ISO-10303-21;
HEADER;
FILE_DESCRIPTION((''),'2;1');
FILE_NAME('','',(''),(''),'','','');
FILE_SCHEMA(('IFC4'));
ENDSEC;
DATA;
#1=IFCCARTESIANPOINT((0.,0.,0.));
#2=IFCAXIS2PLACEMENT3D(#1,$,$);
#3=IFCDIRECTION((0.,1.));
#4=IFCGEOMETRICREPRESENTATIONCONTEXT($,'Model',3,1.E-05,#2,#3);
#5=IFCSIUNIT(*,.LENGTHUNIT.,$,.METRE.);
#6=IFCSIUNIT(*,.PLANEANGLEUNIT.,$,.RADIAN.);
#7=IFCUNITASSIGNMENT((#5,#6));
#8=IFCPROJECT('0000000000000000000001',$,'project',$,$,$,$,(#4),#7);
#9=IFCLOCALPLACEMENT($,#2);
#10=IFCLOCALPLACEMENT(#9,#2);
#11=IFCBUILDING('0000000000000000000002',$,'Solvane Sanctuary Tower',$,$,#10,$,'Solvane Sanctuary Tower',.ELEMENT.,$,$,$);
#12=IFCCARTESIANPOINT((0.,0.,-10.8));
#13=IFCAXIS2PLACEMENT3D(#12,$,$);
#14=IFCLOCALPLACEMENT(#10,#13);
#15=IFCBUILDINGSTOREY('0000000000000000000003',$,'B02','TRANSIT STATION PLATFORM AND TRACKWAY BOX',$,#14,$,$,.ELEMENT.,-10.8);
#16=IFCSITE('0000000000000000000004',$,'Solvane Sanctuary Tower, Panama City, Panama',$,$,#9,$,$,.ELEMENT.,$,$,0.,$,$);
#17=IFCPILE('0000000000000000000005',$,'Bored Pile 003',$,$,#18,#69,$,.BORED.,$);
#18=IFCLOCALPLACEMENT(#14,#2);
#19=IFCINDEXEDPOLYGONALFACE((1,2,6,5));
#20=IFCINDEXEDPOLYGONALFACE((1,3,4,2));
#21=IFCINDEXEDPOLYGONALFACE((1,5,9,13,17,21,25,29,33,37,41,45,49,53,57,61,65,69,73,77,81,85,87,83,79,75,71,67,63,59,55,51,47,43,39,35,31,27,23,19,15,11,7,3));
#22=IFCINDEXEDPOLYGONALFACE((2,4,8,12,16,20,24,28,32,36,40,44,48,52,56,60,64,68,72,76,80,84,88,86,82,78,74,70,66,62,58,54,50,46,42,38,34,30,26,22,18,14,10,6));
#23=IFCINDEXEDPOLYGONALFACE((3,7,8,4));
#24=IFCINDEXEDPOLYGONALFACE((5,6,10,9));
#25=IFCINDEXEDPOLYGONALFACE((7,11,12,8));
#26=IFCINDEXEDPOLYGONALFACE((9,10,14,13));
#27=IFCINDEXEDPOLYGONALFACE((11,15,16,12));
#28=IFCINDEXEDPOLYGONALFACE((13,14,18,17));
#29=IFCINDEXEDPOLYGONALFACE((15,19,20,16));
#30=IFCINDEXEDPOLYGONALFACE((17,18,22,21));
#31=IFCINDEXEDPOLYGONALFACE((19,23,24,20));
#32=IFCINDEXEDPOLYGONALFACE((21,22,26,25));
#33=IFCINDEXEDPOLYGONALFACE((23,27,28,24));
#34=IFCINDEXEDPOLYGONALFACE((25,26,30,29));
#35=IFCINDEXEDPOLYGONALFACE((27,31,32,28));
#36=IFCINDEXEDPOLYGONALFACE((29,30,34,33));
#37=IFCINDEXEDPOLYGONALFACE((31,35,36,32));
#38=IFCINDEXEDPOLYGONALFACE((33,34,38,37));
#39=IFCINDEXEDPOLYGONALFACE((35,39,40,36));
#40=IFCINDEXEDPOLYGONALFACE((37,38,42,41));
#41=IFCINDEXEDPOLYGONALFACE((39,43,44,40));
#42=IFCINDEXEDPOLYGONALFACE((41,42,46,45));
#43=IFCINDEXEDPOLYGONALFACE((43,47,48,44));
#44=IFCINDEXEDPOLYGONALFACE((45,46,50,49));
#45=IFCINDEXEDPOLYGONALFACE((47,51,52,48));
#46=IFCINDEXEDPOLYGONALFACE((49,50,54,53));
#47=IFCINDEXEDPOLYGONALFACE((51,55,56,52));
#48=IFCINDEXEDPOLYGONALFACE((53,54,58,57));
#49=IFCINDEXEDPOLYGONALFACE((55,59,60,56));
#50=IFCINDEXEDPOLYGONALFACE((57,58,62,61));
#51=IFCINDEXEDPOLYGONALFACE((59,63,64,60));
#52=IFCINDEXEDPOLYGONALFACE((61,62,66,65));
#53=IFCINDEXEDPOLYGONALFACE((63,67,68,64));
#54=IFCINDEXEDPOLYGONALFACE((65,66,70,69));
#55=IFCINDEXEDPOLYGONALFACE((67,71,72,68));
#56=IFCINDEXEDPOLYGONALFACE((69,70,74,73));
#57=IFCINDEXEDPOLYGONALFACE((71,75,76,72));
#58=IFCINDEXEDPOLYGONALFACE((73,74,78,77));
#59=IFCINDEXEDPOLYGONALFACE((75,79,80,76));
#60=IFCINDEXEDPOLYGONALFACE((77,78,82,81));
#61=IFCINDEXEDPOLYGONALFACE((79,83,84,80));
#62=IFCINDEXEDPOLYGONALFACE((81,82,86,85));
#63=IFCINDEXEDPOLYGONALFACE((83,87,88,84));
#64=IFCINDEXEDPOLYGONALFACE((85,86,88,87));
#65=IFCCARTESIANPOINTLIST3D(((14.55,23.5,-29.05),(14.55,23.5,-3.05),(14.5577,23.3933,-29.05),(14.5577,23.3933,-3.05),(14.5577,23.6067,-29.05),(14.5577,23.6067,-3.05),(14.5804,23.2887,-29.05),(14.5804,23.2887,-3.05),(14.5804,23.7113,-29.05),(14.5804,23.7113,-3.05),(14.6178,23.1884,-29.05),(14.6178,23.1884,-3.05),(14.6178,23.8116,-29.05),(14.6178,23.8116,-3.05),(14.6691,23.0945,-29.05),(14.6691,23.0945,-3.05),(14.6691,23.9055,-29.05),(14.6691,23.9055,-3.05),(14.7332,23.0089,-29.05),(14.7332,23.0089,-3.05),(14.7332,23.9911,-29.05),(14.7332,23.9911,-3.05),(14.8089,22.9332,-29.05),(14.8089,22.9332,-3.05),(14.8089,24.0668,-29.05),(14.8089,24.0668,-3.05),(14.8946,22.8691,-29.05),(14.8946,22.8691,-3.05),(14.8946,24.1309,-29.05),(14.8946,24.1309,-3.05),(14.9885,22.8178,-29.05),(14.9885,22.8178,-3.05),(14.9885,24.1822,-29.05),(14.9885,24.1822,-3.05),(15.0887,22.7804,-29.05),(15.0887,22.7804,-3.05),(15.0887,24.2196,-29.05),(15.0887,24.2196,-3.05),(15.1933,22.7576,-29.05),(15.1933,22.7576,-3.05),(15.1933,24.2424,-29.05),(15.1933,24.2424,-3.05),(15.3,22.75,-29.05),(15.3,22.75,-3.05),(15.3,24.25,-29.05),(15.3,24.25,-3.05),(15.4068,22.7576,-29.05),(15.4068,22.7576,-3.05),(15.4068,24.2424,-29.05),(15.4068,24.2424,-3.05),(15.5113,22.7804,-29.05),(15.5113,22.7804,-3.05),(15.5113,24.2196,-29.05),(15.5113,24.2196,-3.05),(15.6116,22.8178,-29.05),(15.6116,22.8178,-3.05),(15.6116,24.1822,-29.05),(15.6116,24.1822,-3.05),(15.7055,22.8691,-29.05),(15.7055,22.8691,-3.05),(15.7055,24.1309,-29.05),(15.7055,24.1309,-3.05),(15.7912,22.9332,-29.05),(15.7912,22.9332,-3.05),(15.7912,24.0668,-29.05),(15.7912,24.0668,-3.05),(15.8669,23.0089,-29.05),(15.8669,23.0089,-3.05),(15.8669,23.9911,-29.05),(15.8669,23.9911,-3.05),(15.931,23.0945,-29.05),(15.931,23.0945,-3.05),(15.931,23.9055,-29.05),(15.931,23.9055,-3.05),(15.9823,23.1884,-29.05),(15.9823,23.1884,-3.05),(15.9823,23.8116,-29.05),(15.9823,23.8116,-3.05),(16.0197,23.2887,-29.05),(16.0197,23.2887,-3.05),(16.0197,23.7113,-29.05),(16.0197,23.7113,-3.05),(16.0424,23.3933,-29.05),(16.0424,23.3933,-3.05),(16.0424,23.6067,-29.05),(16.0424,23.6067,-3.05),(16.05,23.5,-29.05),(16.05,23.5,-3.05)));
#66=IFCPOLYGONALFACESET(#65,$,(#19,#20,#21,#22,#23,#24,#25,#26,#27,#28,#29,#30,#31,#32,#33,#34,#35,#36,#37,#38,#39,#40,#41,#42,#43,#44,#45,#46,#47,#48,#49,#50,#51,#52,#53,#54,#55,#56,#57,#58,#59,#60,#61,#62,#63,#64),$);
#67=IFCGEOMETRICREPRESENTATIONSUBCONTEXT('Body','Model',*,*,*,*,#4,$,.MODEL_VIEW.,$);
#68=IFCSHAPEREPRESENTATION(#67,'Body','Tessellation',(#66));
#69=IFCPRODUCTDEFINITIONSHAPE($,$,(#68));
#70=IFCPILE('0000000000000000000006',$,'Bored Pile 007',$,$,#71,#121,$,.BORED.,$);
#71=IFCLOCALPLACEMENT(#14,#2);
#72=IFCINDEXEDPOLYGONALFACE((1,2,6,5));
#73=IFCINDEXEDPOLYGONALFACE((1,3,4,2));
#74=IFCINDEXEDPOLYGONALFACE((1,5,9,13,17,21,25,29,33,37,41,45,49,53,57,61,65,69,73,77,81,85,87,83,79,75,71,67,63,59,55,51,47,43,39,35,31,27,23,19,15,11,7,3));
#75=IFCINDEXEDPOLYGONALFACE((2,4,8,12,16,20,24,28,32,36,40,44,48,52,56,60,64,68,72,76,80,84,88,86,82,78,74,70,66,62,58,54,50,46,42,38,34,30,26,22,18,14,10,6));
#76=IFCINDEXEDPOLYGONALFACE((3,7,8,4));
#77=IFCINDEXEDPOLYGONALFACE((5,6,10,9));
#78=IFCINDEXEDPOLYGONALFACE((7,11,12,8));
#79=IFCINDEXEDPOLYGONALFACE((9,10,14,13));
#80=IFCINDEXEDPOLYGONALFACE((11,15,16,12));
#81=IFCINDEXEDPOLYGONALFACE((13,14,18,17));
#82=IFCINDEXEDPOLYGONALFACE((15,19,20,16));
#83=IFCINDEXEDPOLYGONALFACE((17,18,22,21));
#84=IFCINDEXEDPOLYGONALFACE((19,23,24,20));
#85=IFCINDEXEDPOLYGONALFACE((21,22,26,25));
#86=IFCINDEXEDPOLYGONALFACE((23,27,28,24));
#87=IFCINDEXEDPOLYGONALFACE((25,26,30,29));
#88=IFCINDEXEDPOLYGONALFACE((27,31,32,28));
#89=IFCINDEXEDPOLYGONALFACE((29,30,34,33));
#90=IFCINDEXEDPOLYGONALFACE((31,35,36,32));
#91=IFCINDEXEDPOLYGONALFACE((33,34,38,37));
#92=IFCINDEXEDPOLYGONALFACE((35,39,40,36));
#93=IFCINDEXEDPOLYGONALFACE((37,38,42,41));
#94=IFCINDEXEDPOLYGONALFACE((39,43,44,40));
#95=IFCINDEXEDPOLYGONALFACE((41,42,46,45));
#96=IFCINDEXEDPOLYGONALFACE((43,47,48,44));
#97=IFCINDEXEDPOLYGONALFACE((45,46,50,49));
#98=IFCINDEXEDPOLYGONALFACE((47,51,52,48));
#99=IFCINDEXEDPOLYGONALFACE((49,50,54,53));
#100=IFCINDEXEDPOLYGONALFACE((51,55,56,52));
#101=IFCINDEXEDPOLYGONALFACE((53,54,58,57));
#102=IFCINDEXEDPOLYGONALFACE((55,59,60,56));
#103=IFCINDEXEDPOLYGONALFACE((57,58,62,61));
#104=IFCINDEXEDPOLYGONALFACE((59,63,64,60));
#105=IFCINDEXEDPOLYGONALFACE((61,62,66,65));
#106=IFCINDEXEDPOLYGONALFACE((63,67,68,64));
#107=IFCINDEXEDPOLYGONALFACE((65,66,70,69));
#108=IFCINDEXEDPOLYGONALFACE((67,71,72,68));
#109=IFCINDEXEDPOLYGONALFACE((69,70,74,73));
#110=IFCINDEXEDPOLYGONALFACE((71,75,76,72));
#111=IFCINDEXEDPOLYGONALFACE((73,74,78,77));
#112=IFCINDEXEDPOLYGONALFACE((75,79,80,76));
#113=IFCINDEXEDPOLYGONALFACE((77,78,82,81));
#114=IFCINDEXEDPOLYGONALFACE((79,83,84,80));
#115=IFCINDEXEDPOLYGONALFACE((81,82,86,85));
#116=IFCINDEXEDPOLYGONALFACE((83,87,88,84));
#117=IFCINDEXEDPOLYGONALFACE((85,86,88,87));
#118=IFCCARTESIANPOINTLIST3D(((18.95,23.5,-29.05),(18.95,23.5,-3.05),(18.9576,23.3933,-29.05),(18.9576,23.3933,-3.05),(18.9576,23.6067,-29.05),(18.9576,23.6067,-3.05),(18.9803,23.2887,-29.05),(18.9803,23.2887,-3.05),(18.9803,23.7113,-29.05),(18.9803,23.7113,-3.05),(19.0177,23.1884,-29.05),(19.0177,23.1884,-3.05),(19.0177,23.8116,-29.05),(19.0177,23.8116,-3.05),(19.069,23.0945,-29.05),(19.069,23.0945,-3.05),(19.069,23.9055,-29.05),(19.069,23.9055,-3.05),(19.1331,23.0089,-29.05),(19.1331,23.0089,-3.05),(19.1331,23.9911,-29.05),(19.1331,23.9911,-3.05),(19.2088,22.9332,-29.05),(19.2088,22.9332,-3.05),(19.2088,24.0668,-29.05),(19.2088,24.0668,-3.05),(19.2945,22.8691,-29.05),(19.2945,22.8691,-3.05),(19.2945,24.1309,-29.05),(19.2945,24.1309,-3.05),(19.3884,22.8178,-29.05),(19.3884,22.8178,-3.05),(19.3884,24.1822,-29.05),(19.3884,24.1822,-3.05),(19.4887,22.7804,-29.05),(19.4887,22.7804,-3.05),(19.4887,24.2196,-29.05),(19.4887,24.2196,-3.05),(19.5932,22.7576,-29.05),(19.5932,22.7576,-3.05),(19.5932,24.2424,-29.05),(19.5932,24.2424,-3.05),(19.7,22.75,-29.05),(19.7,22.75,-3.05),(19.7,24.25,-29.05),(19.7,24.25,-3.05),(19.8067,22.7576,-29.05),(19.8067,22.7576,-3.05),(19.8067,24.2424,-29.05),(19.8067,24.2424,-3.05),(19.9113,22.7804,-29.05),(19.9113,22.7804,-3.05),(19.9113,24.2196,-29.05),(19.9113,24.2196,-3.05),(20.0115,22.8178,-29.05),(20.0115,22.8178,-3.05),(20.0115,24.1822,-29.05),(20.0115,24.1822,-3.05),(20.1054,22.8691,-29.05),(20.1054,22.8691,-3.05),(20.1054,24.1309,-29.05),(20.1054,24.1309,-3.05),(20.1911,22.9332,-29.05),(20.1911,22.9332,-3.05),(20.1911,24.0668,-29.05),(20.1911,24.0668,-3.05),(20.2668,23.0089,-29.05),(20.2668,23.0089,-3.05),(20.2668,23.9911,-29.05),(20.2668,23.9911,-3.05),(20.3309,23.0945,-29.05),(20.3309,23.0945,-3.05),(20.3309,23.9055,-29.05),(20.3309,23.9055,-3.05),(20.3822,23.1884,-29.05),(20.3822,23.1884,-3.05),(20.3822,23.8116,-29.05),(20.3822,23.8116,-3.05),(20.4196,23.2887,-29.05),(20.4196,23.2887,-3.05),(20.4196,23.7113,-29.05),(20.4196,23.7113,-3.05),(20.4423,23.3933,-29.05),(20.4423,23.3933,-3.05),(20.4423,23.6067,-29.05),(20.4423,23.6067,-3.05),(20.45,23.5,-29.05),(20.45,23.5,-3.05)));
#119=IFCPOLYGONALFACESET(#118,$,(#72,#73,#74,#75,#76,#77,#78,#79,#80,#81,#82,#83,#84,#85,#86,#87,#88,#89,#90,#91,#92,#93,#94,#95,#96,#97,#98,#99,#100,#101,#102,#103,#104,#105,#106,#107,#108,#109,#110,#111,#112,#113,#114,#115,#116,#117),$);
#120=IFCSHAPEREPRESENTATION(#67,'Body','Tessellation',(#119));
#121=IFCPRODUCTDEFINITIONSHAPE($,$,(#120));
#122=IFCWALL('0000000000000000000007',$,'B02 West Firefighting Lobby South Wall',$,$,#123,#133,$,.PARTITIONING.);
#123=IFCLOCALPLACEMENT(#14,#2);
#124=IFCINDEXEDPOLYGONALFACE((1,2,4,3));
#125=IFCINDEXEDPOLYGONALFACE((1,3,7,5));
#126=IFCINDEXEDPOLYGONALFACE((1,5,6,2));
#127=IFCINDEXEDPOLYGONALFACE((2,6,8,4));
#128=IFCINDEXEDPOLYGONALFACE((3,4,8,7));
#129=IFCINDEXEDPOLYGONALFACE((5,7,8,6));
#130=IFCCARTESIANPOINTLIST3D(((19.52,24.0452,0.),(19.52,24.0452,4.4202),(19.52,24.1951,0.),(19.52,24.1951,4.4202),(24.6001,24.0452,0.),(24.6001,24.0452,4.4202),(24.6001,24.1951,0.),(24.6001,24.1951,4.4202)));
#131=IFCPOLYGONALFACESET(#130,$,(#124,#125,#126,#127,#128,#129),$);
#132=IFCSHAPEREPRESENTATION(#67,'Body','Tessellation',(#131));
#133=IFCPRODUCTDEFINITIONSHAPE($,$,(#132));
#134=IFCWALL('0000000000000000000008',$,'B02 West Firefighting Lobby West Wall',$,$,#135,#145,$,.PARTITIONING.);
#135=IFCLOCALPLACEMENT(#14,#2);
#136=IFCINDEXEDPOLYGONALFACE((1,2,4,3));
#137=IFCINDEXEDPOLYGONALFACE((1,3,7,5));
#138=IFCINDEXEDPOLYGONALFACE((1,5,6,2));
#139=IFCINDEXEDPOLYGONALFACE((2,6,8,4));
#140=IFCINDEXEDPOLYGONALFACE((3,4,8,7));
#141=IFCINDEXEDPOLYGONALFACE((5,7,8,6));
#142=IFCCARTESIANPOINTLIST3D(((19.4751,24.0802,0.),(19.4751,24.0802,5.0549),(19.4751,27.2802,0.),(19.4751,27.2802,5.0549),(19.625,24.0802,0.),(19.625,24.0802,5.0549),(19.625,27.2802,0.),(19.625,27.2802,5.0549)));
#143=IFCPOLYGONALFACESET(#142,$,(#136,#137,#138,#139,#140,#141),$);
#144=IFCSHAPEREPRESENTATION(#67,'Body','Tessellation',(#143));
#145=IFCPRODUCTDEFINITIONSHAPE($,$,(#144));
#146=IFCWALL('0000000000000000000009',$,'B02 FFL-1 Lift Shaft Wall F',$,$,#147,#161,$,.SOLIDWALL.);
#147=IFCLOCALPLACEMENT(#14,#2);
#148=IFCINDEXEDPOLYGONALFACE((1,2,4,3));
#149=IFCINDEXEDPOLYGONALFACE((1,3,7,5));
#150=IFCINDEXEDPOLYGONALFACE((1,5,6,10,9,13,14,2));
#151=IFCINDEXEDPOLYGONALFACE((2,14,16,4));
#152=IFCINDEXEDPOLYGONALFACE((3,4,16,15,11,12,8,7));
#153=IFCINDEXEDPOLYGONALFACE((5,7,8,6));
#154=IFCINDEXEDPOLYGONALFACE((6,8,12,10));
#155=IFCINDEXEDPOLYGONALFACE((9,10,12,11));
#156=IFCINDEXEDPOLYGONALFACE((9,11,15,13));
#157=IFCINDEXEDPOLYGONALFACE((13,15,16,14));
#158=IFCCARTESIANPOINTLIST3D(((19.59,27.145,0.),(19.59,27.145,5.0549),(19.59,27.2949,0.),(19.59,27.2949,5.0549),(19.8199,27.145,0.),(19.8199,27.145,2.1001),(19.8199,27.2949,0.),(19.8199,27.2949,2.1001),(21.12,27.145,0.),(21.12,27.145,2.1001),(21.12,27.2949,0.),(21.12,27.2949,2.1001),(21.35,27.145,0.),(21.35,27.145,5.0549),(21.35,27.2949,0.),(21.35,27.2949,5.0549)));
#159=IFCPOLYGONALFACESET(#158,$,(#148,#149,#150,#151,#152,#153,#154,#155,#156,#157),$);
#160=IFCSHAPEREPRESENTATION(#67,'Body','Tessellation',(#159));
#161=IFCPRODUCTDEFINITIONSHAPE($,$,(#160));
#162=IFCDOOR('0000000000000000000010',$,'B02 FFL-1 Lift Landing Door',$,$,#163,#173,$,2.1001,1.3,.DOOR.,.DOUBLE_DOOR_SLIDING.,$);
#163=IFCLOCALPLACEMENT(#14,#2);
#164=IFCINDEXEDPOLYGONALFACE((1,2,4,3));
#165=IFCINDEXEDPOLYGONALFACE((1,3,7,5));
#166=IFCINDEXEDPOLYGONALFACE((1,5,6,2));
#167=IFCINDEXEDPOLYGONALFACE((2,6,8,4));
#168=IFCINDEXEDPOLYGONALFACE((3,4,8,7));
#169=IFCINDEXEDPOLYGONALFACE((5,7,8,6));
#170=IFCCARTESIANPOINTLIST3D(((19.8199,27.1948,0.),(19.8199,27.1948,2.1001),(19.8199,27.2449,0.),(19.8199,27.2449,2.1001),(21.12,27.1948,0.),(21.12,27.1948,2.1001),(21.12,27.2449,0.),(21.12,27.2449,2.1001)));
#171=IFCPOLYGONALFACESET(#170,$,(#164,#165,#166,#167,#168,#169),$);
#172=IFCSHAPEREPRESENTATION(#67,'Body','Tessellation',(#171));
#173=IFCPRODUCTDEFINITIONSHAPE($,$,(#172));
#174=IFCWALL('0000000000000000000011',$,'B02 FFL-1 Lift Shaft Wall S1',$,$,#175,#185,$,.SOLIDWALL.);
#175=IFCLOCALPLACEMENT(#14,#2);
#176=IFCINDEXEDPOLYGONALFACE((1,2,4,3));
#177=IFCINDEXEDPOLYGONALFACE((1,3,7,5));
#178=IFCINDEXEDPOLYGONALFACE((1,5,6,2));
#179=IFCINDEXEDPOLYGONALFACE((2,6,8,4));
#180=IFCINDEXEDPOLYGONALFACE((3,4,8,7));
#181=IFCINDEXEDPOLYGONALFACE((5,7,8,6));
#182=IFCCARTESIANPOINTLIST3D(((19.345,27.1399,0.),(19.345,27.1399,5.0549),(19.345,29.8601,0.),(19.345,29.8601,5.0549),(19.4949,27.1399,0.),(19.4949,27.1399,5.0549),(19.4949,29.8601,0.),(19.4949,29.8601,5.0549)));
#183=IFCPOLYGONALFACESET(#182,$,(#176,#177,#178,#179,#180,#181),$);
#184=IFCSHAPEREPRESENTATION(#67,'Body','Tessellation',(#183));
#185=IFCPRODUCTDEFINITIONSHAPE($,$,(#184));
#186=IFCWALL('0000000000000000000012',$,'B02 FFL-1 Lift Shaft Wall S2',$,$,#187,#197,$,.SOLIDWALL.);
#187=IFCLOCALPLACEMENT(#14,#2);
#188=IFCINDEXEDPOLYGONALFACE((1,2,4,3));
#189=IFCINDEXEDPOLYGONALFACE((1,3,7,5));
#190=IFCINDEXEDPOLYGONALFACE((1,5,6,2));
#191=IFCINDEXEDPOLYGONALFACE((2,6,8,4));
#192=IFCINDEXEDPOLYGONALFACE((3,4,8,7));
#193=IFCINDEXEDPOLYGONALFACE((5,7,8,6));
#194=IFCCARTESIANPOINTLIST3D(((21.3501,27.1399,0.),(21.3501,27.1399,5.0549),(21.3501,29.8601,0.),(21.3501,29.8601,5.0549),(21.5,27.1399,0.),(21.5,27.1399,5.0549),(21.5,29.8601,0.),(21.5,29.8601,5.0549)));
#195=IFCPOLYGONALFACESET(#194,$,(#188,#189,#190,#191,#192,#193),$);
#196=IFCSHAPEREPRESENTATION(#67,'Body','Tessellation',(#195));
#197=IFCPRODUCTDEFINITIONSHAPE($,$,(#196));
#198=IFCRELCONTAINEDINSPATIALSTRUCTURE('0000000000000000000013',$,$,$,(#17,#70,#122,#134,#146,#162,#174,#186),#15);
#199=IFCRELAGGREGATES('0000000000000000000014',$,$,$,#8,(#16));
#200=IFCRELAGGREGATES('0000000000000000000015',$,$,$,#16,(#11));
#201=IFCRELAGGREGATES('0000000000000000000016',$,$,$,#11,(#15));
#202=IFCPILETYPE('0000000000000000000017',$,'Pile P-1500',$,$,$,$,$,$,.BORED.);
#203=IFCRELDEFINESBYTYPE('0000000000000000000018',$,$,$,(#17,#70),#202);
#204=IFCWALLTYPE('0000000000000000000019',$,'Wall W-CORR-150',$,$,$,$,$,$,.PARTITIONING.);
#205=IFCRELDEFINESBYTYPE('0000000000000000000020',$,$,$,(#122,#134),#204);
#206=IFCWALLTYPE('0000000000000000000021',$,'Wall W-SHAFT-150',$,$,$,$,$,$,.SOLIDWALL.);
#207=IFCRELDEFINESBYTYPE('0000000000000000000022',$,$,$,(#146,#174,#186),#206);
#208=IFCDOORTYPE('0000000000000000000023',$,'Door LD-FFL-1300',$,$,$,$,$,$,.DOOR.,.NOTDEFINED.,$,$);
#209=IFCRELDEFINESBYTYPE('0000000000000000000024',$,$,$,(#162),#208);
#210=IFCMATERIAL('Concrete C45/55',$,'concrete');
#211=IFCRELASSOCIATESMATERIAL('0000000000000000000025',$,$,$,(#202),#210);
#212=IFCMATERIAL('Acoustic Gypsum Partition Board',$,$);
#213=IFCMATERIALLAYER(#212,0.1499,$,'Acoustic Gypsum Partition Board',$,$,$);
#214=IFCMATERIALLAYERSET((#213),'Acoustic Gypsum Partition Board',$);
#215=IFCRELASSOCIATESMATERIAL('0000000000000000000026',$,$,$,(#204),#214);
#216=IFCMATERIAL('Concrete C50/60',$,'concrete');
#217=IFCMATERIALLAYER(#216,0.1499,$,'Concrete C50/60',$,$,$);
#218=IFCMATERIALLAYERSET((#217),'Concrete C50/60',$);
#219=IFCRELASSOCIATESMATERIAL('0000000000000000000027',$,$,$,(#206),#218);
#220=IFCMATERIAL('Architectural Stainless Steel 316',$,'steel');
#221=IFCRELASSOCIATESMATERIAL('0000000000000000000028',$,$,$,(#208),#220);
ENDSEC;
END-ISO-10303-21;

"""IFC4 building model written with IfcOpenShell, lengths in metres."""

from ifc_helpers import new_model, si_unit, direction, frame, frame_2d, origin, origin_2d, place, context, subcontext, project, spatial, rectangle, circle, extrude, material, layer, layer_set, material_profile, profile_set, type_object, element, fill, save


model = new_model("IFC4")

# Units and contexts
model_context = context("Model", 3, precision=1e-05, world=origin(), true_north=direction((0.0, 1.0)))
body_context = subcontext(model_context, "Body", "Model", "MODEL_VIEW")
ifc_project = project(units=[si_unit("LENGTHUNIT", "METRE"), si_unit("PLANEANGLEUNIT", "RADIAN")], contexts=[model_context])

# Site, building, storey
site_placement = place(None, origin())
site = spatial("IfcSite", under=ifc_project, at=site_placement, Name="Solvane Sanctuary Tower, Panama City, Panama", CompositionType="ELEMENT", RefElevation=0.0)
building_placement = place(site_placement, origin())
building = spatial("IfcBuilding", under=site, at=building_placement, Name="Solvane Sanctuary Tower", LongName="Solvane Sanctuary Tower", CompositionType="ELEMENT")
storey_placement = place(building_placement, frame((0.0, 0.0, -10.8)))
storey = spatial("IfcBuildingStorey", under=building, at=storey_placement, Name="B02", Description="TRANSIT STATION PLATFORM AND TRACKWAY BOX", CompositionType="ELEMENT", Elevation=-10.8)

# Piles
ifc_material_1 = material(Name="Concrete C45/55", Category="concrete")
ifc_material_profile = material_profile(ifc_material_1, circle(Radius=0.75, at=origin_2d()), Name="PILE1500")
ifc_profile_set = profile_set([ifc_material_profile], Name="Concrete C45/55")
pile_type = type_object("IfcPileType", Name="Pile P-1500", PredefinedType="BORED", material=ifc_profile_set)
for number, where, z_axis, x_axis, name in (
    (1, (15.3, 23.5, -3.05), (0.0, 0.0, -1.0), (1.0, 0.0, 0.0), "Bored Pile 003"),
    (2, (19.7, 23.5, -3.05), (0.0, 0.0, -1.0), (1.0, 0.0, 0.0), "Bored Pile 007"),
):
    element("IfcPile", number, at=place(storey_placement, frame(where, z_axis=z_axis, x_axis=x_axis)), inside=storey, type_object=pile_type, Name=name, PredefinedType="BORED", context=body_context, shape_type="SweptSolid", body=[
        extrude(circle(Radius=0.75, at=origin_2d()), origin(), (0.0, 0.0, 1.0), 26.0),
    ])

# Walls
ifc_material_2 = material(Name="Acoustic Gypsum Partition Board")
ifc_layer_1 = layer(ifc_material_2, 0.1499, Name="Acoustic Gypsum Partition Board")
ifc_layer_set_1 = layer_set([ifc_layer_1], Name="Acoustic Gypsum Partition Board")
wall_type_1 = type_object("IfcWallType", Name="Wall W-CORR-150", PredefinedType="PARTITIONING", material=ifc_layer_set_1)
wall_1_placement = place(storey_placement, frame((19.52, 24.1201, 0.0), z_axis=(0.0, 0.0, 1.0), x_axis=(1.0, 0.0, 0.0)))
element("IfcWall", 3, at=wall_1_placement, inside=storey, type_object=wall_type_1, Name="B02 West Firefighting Lobby South Wall", PredefinedType="PARTITIONING", context=body_context, shape_type="SweptSolid", body=[
    extrude(rectangle(XDim=5.0801, YDim=0.1499, at=frame_2d((2.54, 0.0))), origin(), (0.0, 0.0, 1.0), 4.4202),
])
wall_2_placement = place(storey_placement, frame((19.55, 24.0801, 0.0), z_axis=(0.0, 0.0, 1.0), x_axis=(0.0, 1.0, 0.0)))
element("IfcWall", 4, at=wall_2_placement, inside=storey, type_object=wall_type_1, Name="B02 West Firefighting Lobby West Wall", PredefinedType="PARTITIONING", context=body_context, shape_type="SweptSolid", body=[
    extrude(rectangle(XDim=3.2, YDim=0.1499, at=frame_2d((1.6001, 0.0))), origin(), (0.0, 0.0, 1.0), 5.0549),
])

# Wall, opening, door
ifc_material_3 = material(Name="Concrete C50/60", Category="concrete")
ifc_layer_2 = layer(ifc_material_3, 0.1499, Name="Concrete C50/60")
ifc_layer_set_2 = layer_set([ifc_layer_2], Name="Concrete C50/60")
wall_type_2 = type_object("IfcWallType", Name="Wall W-SHAFT-150", PredefinedType="SOLIDWALL", material=ifc_layer_set_2)
wall_3_placement = place(storey_placement, frame((19.5901, 27.22, 0.0), z_axis=(0.0, 0.0, 1.0), x_axis=(1.0, 0.0, 0.0)))
wall_3 = element("IfcWall", 5, at=wall_3_placement, inside=storey, type_object=wall_type_2, Name="B02 FFL-1 Lift Shaft Wall F", PredefinedType="SOLIDWALL", context=body_context, shape_type="SweptSolid", body=[
    extrude(rectangle(XDim=1.76, YDim=0.1499, at=frame_2d((0.8799, 0.0))), origin(), (0.0, 0.0, 1.0), 5.0549),
])
opening_placement = place(wall_3_placement, frame((0.23, 0.0, 0.0)))
opening = element("IfcOpeningElement", 6, at=opening_placement, cuts=wall_3, PredefinedType="OPENING", context=body_context, shape_type="SweptSolid", body=[
    extrude(rectangle(XDim=1.3, YDim=2.1001, at=frame_2d((0.6499, 1.05))), frame((0.0, 0.085, 0.0), z_axis=(0.0, -1.0, 0.0), x_axis=(1.0, 0.0, 0.0)), (0.0, 0.0, 1.0), 0.1699),
])
ifc_material_4 = material(Name="Architectural Stainless Steel 316", Category="steel")
door_type = type_object("IfcDoorType", Name="Door LD-FFL-1300", OperationType="NOTDEFINED", PredefinedType="DOOR", material=ifc_material_4)
door_placement = place(opening_placement, origin())
door = element("IfcDoor", 7, at=door_placement, inside=storey, type_object=door_type, Name="B02 FFL-1 Lift Landing Door", OperationType="DOUBLE_DOOR_SLIDING", OverallHeight=2.1001, OverallWidth=1.3, PredefinedType="DOOR", context=body_context, shape_type="SweptSolid", body=[
    extrude(rectangle(XDim=1.3, YDim=2.1001, at=frame_2d((0.6499, 1.05))), frame((0.0, 0.0249, 0.0), z_axis=(0.0, -1.0, 0.0), x_axis=(1.0, 0.0, 0.0)), (0.0, 0.0, 1.0), 0.05),
])
fill(opening, door)

# Walls
for number, where, z_axis, x_axis, name in (
    (8, (19.4199, 27.1399, 0.0), (0.0, 0.0, 1.0), (0.0, 1.0, 0.0), "B02 FFL-1 Lift Shaft Wall S1"),
    (9, (21.425, 27.1399, 0.0), (0.0, 0.0, 1.0), (0.0, 1.0, 0.0), "B02 FFL-1 Lift Shaft Wall S2"),
):
    element("IfcWall", number, at=place(storey_placement, frame(where, z_axis=z_axis, x_axis=x_axis)), inside=storey, type_object=wall_type_2, Name=name, PredefinedType="SOLIDWALL", context=body_context, shape_type="SweptSolid", body=[
        extrude(rectangle(XDim=2.7202, YDim=0.1499, at=frame_2d((1.3601, 0.0))), origin(), (0.0, 0.0, 1.0), 5.0549),
    ])

save(model, "model.ifc")
